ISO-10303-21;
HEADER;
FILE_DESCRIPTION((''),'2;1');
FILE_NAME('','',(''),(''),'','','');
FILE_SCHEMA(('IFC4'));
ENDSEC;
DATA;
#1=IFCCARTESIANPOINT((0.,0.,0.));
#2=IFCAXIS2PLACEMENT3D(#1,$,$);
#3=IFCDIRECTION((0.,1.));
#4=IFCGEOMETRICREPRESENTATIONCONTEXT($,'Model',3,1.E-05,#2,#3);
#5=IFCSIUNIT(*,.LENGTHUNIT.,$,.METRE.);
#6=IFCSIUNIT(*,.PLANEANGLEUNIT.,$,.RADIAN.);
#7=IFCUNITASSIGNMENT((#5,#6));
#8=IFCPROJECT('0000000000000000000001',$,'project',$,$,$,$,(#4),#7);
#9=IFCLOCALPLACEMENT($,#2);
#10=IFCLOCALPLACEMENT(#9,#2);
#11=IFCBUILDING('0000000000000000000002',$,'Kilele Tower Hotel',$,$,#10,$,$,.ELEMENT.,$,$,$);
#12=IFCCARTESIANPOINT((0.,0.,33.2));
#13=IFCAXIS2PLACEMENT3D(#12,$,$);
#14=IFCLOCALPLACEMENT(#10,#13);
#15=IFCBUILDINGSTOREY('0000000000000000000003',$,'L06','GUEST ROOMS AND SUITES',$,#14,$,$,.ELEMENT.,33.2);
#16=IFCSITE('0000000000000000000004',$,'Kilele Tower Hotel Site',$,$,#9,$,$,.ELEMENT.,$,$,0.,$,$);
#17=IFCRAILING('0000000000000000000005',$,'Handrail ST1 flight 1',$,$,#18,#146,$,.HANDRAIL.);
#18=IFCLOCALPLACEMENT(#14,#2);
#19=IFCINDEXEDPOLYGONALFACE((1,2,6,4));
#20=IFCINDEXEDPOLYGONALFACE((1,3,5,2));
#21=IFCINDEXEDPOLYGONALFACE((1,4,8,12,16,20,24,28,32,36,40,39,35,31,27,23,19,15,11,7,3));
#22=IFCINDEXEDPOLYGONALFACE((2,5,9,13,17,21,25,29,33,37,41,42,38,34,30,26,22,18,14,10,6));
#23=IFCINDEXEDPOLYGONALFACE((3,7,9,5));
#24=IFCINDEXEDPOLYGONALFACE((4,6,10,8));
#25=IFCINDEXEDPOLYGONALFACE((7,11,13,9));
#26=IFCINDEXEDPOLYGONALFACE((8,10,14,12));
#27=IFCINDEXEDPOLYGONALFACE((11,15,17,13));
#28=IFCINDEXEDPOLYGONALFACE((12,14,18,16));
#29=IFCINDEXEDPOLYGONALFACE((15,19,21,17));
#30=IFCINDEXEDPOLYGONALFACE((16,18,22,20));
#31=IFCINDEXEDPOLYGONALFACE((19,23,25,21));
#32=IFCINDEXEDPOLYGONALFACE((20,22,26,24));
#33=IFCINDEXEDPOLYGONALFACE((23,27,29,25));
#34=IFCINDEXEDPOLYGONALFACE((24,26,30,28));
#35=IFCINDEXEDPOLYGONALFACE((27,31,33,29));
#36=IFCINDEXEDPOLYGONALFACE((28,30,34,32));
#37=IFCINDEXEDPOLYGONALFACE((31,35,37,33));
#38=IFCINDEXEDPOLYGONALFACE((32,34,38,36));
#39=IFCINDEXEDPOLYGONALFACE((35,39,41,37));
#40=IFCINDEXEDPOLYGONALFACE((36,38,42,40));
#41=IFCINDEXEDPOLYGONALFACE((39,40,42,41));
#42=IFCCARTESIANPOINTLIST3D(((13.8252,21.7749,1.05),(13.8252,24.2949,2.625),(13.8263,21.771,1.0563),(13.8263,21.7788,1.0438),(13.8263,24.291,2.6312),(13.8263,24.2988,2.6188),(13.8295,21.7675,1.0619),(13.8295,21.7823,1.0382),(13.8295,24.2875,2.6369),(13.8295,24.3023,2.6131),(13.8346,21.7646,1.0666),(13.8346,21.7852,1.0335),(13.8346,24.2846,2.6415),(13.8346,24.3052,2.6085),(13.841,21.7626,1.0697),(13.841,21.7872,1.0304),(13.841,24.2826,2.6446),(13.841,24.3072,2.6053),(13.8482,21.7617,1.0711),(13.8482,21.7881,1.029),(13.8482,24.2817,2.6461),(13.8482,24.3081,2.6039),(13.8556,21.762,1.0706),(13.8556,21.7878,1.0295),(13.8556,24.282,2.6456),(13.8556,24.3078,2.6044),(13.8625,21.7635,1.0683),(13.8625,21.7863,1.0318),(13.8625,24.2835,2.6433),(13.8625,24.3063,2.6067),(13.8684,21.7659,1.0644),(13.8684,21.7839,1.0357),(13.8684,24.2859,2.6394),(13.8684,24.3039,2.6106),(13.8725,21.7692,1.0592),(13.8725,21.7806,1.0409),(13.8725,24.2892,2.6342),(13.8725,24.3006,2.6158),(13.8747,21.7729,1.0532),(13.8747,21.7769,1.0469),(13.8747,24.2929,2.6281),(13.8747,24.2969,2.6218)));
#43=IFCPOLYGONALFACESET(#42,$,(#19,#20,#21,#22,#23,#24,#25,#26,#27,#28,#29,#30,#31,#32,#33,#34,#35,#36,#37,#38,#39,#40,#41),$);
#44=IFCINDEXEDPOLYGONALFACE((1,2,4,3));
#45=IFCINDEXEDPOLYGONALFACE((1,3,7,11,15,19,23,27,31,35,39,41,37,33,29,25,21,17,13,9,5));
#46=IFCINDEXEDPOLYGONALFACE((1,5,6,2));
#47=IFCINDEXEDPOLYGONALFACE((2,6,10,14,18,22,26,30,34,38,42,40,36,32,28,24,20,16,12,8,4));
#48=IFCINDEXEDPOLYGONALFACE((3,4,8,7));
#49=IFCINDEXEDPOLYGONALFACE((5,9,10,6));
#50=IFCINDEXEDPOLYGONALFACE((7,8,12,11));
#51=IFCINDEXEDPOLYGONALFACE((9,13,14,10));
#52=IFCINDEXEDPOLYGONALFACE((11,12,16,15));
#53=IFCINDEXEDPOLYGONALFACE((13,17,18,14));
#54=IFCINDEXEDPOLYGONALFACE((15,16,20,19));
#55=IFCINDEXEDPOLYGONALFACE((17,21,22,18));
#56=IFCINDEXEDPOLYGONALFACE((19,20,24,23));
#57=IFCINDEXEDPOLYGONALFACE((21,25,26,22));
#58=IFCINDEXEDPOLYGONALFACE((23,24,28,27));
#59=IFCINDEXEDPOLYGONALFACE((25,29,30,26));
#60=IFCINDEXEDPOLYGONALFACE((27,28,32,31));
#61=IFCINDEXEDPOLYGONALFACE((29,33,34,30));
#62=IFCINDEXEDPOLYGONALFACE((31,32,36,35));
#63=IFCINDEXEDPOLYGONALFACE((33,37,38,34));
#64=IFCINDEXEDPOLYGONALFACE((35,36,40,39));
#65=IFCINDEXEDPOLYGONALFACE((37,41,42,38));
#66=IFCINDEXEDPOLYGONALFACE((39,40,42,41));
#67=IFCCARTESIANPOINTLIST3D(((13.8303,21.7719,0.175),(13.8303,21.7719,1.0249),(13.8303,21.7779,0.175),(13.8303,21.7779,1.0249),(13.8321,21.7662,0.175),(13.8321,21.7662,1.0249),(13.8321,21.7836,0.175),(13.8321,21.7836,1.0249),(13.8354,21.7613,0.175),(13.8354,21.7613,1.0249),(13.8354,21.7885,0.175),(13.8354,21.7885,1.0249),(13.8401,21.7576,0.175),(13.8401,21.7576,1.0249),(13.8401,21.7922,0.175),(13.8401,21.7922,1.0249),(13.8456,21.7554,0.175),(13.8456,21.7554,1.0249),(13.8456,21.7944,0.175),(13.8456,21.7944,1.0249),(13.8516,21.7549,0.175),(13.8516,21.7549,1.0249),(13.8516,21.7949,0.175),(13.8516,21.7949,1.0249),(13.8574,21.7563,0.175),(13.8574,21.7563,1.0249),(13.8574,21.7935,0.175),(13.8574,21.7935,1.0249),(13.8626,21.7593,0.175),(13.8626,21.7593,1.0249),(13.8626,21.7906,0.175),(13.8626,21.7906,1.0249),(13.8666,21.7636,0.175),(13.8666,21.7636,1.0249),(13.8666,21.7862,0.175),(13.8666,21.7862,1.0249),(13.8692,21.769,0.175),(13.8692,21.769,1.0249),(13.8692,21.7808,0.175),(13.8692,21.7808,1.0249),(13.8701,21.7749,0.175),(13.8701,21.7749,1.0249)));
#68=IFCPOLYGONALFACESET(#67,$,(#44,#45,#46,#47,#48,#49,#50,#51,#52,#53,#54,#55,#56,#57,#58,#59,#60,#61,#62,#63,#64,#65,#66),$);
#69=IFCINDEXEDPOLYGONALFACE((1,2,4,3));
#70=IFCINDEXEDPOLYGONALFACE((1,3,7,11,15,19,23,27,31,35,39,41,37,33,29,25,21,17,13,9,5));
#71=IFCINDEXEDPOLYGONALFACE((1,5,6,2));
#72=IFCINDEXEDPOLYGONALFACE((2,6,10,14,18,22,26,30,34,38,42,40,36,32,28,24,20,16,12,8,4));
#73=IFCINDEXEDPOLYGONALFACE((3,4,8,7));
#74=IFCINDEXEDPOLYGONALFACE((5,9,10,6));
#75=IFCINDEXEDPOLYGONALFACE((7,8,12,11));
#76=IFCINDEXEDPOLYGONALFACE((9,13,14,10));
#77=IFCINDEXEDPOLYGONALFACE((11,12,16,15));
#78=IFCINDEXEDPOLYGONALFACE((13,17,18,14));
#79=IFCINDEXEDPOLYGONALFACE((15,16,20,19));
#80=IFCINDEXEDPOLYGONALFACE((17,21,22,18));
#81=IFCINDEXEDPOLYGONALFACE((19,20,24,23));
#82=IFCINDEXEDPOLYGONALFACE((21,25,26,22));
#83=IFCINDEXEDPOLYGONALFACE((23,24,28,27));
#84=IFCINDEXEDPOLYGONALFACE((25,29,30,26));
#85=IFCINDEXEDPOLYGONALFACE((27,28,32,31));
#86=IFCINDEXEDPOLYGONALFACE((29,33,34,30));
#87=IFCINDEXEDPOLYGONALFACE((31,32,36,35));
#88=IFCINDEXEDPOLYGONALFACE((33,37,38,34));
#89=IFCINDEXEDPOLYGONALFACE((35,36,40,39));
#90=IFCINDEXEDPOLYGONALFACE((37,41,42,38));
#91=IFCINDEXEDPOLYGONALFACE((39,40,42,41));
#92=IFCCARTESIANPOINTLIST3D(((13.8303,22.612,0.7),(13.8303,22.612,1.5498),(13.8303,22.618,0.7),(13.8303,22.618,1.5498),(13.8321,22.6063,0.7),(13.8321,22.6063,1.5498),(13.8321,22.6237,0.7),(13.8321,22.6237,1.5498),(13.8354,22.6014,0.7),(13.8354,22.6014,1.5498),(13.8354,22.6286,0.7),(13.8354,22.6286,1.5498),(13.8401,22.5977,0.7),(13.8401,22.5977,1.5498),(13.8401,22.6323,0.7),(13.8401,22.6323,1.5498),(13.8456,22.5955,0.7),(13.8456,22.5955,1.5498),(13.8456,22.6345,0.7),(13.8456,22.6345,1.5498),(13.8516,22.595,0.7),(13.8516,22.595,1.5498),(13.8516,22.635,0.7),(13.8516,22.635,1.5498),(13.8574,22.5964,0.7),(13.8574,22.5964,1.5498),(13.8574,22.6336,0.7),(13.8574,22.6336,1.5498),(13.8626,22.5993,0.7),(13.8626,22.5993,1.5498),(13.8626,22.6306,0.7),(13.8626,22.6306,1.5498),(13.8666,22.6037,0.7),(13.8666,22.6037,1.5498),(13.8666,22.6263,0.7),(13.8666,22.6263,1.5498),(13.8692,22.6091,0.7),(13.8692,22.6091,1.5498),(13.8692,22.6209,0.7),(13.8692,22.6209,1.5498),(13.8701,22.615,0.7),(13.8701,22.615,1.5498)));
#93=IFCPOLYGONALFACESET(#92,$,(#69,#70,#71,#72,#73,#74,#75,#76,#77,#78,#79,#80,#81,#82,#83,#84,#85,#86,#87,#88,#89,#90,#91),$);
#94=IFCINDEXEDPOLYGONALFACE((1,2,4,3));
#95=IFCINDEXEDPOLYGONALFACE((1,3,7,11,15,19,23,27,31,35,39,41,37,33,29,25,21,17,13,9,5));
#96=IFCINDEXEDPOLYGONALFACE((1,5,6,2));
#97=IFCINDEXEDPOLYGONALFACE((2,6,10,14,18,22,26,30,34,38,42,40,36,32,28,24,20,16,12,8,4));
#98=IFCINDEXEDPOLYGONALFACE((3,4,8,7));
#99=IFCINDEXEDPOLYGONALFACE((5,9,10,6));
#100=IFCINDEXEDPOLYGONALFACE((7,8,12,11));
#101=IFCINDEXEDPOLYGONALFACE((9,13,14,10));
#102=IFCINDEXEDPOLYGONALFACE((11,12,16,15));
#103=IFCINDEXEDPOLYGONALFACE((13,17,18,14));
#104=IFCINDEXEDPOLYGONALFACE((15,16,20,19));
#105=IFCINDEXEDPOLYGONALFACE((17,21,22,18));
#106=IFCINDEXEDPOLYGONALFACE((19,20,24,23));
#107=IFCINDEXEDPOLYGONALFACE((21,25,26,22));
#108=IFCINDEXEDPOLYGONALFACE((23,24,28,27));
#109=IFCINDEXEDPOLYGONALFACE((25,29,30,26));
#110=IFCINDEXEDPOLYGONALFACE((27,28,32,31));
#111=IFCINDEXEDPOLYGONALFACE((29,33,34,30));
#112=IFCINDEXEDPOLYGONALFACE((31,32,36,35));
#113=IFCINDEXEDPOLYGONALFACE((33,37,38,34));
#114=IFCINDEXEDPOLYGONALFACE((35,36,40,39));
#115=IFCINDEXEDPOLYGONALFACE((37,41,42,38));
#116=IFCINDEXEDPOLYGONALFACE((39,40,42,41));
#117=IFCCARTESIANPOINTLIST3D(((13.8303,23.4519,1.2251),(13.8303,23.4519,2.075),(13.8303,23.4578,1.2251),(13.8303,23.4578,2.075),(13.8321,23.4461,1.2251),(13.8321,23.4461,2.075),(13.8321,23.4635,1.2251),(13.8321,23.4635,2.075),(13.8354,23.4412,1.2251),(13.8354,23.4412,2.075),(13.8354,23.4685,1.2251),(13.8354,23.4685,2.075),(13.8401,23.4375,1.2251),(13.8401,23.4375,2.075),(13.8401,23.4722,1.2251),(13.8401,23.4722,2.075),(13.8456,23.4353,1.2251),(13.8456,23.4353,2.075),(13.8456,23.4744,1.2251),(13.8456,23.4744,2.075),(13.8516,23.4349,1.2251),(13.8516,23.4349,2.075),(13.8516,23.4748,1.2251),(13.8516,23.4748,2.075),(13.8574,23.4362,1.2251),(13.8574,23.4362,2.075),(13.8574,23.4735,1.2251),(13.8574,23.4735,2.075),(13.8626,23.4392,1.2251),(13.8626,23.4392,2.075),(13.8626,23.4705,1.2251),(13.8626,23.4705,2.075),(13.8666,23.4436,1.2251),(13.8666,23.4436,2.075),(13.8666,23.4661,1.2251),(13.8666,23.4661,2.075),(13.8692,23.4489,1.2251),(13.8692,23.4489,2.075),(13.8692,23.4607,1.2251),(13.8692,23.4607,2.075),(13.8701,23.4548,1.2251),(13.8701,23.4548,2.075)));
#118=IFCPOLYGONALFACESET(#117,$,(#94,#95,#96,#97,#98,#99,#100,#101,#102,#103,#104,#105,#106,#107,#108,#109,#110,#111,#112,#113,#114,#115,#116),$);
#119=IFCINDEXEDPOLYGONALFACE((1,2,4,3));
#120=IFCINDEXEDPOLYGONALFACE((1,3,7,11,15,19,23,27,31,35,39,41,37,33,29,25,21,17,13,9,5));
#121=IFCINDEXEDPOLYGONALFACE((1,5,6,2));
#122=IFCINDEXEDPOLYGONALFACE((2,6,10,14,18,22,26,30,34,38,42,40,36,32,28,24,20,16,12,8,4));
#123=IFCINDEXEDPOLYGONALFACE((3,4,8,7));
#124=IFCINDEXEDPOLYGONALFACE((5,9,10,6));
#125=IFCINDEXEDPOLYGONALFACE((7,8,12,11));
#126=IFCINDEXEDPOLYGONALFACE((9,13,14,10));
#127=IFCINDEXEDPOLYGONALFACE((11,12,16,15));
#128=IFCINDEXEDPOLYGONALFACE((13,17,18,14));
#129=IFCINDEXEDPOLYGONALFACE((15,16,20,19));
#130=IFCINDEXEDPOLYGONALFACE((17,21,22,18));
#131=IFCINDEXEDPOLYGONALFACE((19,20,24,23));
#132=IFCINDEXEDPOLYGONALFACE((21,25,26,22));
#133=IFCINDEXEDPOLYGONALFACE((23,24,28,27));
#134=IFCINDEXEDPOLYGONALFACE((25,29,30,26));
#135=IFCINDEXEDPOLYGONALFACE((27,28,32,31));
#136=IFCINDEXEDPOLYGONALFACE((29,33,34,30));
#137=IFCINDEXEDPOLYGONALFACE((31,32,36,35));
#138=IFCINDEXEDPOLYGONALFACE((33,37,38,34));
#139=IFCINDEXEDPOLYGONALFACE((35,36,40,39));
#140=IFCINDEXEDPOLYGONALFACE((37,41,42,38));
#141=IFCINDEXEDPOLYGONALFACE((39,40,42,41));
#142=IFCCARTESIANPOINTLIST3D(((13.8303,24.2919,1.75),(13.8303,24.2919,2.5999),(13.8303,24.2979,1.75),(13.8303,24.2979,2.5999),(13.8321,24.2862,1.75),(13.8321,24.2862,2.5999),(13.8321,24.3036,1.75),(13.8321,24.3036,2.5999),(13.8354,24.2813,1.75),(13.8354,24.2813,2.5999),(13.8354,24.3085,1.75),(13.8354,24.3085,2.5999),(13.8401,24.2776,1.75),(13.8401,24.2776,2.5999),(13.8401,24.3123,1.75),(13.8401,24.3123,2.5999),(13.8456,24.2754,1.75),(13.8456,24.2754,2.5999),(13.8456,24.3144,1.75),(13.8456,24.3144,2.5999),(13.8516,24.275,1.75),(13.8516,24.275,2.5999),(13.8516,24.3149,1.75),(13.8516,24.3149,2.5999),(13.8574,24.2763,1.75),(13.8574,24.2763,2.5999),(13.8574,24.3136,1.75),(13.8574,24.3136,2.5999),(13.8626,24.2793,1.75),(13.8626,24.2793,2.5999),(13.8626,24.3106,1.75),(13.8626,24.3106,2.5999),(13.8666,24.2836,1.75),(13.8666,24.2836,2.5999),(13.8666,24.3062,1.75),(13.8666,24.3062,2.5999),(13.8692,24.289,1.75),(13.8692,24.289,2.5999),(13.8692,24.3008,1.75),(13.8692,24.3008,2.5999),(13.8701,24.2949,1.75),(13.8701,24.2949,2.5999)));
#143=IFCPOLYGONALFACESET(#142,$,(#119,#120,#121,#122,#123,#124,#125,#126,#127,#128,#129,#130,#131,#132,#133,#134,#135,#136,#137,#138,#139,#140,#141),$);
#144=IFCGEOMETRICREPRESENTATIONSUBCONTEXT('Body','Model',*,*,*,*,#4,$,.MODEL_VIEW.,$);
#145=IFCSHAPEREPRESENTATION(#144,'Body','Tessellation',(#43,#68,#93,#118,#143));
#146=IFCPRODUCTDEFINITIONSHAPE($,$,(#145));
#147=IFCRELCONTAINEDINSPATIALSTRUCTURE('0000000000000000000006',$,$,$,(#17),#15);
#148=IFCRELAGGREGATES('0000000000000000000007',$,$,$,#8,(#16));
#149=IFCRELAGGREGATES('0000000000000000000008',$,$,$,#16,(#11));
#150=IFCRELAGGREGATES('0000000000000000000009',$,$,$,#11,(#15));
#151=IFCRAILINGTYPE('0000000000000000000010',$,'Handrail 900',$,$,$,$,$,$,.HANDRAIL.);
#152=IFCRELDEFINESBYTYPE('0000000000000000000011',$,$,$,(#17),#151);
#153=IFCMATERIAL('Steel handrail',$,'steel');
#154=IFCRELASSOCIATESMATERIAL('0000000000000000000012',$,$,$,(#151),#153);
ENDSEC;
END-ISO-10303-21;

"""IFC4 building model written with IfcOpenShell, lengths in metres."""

from ifc_helpers import new_model, si_unit, direction, frame, origin, origin_2d, place, context, subcontext, project, spatial, circle, extrude, material, type_object, element, save


model = new_model("IFC4")

# Units and contexts
model_context = context("Model", 3, precision=1e-05, world=origin(), true_north=direction((0.0, 1.0)))
body_context = subcontext(model_context, "Body", "Model", "MODEL_VIEW")
ifc_project = project(units=[si_unit("LENGTHUNIT", "METRE"), si_unit("PLANEANGLEUNIT", "RADIAN")], contexts=[model_context])

# Site, building, storey
site_placement = place(None, origin())
site = spatial("IfcSite", under=ifc_project, at=site_placement, Name="Kilele Tower Hotel Site", CompositionType="ELEMENT", RefElevation=0.0)
building_placement = place(site_placement, origin())
building = spatial("IfcBuilding", under=site, at=building_placement, Name="Kilele Tower Hotel", CompositionType="ELEMENT")
storey_placement = place(building_placement, frame((0.0, 0.0, 33.2)))
storey = spatial("IfcBuildingStorey", under=building, at=storey_placement, Name="L06", Description="GUEST ROOMS AND SUITES", CompositionType="ELEMENT", Elevation=33.2)

# Railing
ifc_material_1 = material(Name="Steel handrail", Category="steel")
railing_type_1 = type_object("IfcRailingType", Name="Handrail 900", PredefinedType="HANDRAIL", material=ifc_material_1)
for number, where, name in (
    (1, (13.8501, 21.7749, 0.175), "Handrail ST1 flight 1"),
):
    element("IfcRailing", number, at=place(storey_placement, frame(where)), inside=storey, type_object=railing_type_1, Name=name, PredefinedType="HANDRAIL", context=body_context, shape_type="SweptSolid", body=[
        extrude(circle(Radius=0.0249, at=origin_2d()), frame((0.0, 0.0, 0.875), z_axis=(0.0, 0.848008, 0.529984), x_axis=(-1.0, 0.0, 0.0)), (0.0, 0.0, 1.0), 2.9717),
        extrude(circle(Radius=0.02, at=origin_2d()), origin(), (0.0, 0.0, 1.0), 0.8499),
        extrude(circle(Radius=0.02, at=origin_2d()), frame((0.0, 0.8401, 0.5249)), (0.0, 0.0, 1.0), 0.8499),
        extrude(circle(Radius=0.02, at=origin_2d()), frame((0.0, 1.6799, 1.05)), (0.0, 0.0, 1.0), 0.8499),
        extrude(circle(Radius=0.02, at=origin_2d()), frame((0.0, 2.52, 1.575)), (0.0, 0.0, 1.0), 0.8499),
    ])

save(model, "model.ifc")
